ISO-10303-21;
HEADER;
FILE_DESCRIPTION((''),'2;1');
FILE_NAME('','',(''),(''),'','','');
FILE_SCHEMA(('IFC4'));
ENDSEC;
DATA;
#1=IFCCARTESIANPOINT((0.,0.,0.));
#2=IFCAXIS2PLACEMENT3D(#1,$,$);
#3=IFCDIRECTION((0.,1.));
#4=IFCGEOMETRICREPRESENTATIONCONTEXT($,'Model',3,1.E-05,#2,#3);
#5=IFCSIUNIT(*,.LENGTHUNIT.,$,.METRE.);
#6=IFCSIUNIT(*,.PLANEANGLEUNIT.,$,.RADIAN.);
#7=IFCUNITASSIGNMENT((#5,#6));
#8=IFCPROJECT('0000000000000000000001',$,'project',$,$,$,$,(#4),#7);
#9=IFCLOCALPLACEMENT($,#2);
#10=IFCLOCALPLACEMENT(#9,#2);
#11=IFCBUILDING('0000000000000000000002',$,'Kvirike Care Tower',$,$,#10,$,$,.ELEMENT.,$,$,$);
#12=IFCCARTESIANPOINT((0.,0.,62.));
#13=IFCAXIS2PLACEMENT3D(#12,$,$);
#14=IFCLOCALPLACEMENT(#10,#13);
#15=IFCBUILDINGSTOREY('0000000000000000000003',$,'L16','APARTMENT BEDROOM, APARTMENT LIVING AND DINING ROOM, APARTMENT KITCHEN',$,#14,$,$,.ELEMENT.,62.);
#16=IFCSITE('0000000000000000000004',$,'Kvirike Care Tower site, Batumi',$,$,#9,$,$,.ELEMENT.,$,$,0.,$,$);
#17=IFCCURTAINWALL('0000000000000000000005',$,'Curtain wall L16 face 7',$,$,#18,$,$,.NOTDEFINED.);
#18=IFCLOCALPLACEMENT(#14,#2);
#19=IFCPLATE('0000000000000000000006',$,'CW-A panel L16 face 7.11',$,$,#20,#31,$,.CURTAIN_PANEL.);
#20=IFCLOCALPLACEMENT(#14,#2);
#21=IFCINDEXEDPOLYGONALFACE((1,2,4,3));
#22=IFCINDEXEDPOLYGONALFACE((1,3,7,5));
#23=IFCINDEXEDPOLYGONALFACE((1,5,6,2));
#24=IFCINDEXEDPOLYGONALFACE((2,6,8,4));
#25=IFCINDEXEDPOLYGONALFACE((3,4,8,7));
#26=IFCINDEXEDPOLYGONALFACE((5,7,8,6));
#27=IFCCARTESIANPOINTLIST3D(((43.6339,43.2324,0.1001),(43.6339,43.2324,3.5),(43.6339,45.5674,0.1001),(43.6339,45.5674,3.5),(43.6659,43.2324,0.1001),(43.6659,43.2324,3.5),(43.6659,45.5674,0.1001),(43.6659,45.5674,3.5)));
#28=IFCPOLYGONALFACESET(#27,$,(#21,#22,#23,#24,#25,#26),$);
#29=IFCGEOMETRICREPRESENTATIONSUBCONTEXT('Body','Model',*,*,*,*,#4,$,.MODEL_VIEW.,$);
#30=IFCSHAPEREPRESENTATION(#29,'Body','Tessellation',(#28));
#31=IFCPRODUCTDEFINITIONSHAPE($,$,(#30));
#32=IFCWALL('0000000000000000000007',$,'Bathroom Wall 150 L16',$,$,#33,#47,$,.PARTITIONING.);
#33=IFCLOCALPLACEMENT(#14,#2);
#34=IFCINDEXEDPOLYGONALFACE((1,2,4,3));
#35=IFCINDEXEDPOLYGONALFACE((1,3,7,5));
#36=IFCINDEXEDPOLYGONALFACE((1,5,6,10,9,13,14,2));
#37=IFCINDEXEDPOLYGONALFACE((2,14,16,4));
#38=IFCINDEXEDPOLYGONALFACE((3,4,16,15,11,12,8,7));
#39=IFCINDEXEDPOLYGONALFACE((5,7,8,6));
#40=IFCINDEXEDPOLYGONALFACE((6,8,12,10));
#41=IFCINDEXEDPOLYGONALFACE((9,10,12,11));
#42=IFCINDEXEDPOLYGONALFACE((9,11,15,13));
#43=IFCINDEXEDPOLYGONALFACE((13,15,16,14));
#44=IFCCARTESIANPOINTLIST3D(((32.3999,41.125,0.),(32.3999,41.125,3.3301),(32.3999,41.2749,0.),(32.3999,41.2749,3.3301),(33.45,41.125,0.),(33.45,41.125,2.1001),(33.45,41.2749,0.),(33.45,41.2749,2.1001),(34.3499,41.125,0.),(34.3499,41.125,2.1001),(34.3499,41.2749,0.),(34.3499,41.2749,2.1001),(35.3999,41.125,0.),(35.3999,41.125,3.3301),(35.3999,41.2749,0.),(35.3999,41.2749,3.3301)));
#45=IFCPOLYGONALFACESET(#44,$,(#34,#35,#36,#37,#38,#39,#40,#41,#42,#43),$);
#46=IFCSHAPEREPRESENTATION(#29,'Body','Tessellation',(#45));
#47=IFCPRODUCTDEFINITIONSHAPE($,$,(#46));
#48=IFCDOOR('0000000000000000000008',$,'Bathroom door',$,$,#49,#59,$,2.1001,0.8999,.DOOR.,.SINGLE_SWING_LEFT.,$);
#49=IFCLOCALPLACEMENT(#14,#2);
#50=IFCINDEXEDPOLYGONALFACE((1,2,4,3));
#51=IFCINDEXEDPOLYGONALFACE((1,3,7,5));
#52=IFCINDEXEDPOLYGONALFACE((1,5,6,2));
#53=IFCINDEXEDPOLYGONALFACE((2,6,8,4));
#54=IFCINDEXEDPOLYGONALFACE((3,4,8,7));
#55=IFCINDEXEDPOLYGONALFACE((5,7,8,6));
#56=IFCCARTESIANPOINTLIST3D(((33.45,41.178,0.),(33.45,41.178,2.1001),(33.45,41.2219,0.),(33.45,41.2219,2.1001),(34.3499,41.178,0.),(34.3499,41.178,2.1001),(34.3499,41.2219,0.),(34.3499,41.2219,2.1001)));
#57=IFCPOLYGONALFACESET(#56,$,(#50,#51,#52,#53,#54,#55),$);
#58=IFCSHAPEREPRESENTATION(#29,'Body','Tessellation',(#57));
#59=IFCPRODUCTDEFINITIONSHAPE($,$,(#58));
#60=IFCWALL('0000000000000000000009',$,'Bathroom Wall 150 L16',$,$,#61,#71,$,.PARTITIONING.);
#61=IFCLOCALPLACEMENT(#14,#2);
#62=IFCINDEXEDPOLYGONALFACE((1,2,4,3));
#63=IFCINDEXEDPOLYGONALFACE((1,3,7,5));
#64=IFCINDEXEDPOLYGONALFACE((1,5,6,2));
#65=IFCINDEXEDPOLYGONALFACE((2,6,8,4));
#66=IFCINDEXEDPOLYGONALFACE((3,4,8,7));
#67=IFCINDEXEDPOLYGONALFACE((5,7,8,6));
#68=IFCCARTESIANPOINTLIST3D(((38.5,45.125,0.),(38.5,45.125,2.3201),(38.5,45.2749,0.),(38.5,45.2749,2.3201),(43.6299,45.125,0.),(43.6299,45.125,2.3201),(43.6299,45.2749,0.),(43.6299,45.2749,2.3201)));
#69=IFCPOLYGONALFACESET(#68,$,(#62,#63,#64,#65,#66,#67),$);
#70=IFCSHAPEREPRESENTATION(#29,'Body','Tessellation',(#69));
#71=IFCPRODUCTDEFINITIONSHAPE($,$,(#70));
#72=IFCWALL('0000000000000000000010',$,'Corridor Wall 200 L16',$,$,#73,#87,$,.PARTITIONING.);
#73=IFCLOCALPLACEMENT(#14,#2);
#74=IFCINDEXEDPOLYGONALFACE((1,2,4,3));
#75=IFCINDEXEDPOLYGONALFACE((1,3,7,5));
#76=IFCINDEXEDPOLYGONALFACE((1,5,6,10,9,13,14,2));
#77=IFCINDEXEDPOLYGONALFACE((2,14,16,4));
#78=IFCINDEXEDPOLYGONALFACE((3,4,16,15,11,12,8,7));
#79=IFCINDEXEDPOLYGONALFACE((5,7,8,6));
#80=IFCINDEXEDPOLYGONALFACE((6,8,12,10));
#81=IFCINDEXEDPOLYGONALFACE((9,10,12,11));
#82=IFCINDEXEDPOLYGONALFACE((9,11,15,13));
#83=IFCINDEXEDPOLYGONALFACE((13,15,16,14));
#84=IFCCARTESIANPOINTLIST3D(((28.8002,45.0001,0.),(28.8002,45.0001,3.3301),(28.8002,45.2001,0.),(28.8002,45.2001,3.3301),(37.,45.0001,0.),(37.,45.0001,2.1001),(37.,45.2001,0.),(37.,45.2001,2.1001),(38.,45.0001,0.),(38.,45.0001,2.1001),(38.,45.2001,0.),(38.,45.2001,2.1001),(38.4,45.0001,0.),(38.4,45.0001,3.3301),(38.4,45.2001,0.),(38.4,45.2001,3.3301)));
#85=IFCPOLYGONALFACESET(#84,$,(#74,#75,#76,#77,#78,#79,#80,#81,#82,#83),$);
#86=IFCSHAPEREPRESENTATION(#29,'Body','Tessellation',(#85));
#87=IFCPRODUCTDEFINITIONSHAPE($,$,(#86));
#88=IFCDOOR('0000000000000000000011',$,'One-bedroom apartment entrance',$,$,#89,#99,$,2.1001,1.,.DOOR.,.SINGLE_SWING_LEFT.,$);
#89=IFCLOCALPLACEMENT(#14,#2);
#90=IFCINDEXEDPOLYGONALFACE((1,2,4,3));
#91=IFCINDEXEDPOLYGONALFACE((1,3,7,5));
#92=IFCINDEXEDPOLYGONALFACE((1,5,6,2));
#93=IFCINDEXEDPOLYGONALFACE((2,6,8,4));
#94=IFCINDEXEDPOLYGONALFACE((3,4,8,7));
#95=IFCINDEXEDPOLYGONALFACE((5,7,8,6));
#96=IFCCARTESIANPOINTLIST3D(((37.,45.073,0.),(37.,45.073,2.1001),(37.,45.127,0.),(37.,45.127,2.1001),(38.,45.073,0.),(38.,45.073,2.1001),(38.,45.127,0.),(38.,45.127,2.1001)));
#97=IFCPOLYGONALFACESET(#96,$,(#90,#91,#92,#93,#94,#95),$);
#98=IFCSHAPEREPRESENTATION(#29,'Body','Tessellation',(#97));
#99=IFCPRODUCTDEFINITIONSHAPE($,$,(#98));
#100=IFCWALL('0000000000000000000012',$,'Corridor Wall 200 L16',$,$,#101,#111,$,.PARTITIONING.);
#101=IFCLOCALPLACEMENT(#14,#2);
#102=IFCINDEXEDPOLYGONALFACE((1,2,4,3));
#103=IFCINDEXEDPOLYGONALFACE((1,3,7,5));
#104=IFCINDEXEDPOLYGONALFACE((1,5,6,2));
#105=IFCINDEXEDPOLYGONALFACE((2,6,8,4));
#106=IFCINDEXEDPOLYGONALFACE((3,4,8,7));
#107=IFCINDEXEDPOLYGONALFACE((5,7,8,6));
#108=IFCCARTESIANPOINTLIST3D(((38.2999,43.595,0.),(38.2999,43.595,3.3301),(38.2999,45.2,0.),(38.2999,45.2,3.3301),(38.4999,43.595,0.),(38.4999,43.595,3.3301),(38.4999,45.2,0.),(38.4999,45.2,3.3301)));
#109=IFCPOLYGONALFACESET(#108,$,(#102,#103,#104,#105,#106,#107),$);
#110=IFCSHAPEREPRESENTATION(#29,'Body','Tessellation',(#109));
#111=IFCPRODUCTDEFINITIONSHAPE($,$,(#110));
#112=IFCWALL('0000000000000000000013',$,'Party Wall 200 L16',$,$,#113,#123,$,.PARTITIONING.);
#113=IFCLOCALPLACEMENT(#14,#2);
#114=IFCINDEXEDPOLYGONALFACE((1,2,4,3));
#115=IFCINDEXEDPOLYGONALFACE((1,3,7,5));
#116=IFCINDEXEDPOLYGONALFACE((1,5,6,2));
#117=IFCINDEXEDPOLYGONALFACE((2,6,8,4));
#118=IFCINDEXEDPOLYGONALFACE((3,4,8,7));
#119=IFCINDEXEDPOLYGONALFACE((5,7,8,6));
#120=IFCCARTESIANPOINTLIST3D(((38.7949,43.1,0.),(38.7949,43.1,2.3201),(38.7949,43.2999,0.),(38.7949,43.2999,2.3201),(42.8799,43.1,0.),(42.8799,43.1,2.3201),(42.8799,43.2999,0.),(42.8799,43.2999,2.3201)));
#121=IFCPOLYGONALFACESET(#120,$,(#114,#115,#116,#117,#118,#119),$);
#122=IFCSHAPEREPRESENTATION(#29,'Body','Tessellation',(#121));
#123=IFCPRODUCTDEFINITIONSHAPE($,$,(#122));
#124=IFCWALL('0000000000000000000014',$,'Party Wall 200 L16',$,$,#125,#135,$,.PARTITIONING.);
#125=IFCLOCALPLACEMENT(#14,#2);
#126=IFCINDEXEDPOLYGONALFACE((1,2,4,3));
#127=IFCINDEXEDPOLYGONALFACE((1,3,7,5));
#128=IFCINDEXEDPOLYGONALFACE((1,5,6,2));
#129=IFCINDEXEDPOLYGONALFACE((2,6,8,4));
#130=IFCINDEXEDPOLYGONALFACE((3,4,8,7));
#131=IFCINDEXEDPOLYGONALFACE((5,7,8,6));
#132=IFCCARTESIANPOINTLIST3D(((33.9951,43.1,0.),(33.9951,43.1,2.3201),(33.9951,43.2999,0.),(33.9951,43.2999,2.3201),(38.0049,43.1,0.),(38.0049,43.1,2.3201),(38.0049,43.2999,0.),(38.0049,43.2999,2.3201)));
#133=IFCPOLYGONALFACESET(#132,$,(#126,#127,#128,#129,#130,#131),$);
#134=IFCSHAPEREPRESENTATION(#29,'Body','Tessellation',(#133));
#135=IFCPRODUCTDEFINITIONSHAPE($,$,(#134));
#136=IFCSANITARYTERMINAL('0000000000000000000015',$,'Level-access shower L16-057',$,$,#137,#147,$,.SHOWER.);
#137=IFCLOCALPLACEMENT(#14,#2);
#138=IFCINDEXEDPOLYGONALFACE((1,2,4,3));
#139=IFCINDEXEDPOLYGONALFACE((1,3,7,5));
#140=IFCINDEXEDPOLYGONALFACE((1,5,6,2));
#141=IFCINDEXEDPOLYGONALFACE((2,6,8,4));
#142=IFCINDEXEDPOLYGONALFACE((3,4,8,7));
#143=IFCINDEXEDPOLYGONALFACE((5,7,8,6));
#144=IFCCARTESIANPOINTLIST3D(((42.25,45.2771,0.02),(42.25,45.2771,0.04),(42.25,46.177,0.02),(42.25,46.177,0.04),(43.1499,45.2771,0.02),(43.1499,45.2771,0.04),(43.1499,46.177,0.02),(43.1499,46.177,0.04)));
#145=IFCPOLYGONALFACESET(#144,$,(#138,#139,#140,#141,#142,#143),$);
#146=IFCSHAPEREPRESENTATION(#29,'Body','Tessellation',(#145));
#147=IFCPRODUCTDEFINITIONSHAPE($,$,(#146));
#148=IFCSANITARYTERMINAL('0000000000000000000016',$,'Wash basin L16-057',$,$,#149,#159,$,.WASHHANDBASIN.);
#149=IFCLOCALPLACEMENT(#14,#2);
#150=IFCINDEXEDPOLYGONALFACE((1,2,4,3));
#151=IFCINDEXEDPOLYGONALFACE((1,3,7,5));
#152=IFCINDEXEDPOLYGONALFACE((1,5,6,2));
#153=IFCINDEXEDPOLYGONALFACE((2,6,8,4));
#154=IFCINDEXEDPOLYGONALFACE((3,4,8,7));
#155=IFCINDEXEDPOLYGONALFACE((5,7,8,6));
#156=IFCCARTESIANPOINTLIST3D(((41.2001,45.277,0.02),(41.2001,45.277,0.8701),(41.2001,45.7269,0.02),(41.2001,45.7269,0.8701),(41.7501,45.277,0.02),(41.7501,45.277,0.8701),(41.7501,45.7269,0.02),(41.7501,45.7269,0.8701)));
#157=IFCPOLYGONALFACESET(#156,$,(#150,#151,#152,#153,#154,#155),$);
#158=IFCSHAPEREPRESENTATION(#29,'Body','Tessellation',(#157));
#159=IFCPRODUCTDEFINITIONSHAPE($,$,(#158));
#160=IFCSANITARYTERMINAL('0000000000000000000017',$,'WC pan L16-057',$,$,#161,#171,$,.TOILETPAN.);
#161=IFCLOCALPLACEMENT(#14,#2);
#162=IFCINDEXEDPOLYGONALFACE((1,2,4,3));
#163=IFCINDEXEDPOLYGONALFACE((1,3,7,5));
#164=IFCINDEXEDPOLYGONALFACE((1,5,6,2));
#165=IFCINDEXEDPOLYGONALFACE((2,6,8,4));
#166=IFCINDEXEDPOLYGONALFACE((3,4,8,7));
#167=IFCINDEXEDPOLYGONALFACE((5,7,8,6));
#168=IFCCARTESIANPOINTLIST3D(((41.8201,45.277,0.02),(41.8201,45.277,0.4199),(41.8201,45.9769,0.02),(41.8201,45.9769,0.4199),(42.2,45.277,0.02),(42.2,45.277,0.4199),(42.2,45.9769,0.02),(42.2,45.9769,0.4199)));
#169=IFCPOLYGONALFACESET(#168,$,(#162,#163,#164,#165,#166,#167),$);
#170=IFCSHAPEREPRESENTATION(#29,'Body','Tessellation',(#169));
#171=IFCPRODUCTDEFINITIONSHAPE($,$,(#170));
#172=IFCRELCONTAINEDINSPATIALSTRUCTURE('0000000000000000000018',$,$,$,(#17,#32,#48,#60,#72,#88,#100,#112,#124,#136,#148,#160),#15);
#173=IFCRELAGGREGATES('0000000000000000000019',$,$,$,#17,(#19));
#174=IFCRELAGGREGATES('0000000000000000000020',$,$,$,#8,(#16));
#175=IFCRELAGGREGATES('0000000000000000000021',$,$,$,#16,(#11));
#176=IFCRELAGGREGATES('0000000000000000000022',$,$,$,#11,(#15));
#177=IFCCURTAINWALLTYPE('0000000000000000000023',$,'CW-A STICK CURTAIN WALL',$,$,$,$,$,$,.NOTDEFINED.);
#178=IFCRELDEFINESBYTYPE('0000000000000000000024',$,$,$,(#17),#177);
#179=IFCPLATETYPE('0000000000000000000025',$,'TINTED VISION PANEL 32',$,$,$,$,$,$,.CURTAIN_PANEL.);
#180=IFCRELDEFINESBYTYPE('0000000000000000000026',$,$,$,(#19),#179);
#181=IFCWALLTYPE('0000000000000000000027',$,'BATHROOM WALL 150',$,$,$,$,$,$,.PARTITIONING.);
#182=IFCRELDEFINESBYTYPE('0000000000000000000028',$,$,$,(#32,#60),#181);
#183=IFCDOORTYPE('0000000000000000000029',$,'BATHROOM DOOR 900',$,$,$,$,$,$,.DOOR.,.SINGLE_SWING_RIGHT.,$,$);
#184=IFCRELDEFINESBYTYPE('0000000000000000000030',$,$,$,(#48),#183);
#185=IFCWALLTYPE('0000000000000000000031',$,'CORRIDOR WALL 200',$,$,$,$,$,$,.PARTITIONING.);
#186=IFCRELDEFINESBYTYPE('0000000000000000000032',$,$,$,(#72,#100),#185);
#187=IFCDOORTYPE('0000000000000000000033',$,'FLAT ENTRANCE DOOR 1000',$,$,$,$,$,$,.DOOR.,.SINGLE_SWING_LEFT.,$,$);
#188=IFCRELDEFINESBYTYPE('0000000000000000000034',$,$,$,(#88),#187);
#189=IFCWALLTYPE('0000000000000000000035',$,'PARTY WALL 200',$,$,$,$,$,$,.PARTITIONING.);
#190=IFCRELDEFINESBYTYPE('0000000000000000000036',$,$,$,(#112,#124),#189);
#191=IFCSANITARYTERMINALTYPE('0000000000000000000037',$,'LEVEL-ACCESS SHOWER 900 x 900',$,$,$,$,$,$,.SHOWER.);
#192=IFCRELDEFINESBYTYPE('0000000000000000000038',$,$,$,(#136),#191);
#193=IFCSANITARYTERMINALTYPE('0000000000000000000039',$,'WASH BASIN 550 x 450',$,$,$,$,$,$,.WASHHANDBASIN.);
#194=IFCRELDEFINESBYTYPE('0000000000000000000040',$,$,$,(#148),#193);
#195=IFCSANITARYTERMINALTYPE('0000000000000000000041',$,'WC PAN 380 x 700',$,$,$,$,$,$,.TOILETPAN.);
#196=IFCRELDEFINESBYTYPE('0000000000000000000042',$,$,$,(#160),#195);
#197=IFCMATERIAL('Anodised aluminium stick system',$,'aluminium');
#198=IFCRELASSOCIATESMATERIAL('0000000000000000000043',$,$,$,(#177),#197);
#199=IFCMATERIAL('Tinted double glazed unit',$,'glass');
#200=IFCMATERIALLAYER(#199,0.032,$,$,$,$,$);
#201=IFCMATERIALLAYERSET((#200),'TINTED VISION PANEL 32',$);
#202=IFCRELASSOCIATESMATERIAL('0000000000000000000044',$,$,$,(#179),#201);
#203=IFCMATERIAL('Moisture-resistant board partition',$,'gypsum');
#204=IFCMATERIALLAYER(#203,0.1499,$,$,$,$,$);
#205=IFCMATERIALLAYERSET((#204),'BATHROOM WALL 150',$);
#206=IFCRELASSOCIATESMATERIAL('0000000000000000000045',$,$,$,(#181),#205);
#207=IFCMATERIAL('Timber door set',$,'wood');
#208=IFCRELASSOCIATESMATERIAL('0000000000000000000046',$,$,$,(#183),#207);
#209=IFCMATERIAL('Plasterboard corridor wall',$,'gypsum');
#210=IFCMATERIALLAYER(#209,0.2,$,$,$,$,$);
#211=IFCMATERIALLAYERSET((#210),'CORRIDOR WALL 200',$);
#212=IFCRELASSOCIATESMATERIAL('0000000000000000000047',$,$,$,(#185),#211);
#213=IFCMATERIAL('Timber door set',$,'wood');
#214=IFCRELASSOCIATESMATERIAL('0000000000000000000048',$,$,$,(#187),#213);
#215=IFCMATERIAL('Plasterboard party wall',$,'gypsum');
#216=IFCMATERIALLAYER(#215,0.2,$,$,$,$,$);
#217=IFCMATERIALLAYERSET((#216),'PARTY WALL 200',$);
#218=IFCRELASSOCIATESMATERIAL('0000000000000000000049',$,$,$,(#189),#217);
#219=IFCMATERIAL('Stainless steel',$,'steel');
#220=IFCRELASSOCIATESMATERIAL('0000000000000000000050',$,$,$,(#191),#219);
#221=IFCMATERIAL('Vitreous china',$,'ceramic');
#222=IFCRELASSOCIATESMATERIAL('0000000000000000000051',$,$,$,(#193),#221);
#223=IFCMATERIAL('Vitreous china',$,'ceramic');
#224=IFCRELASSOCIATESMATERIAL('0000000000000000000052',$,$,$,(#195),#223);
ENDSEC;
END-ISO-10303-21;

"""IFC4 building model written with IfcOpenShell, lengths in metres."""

from ifc_helpers import new_model, si_unit, direction, frame, frame_2d, origin, origin_2d, place, context, subcontext, project, spatial, rectangle, extrude, material, layer, layer_set, type_object, element, fill, aggregate, save


model = new_model("IFC4")

# Units and contexts
model_context = context("Model", 3, precision=1e-05, world=origin(), true_north=direction((0.0, 1.0)))
body_context = subcontext(model_context, "Body", "Model", "MODEL_VIEW")
ifc_project = project(units=[si_unit("LENGTHUNIT", "METRE"), si_unit("PLANEANGLEUNIT", "RADIAN")], contexts=[model_context])

# Site, building, storey
site_placement = place(None, origin())
site = spatial("IfcSite", under=ifc_project, at=site_placement, Name="Kvirike Care Tower site, Batumi", CompositionType="ELEMENT", RefElevation=0.0)
building_placement = place(site_placement, origin())
building = spatial("IfcBuilding", under=site, at=building_placement, Name="Kvirike Care Tower", CompositionType="ELEMENT")
storey_placement = place(building_placement, frame((0.0, 0.0, 62.0)))
storey = spatial("IfcBuildingStorey", under=building, at=storey_placement, Name="L16", Description="APARTMENT BEDROOM, APARTMENT LIVING AND DINING ROOM, APARTMENT KITCHEN", CompositionType="ELEMENT", Elevation=62.0)

# Curtain wall
ifc_material_1 = material(Name="Anodised aluminium stick system", Category="aluminium")
curtain_wall_type = type_object("IfcCurtainWallType", Name="CW-A STICK CURTAIN WALL", PredefinedType="NOTDEFINED", material=ifc_material_1)
curtain_wall_placement = place(storey_placement, origin())
curtain_wall = element("IfcCurtainWall", 1, at=curtain_wall_placement, inside=storey, type_object=curtain_wall_type, Name="Curtain wall L16 face 7", PredefinedType="NOTDEFINED")

# Plate
ifc_material_2 = material(Name="Tinted double glazed unit", Category="glass")
ifc_layer_1 = layer(ifc_material_2, 0.032)
ifc_layer_set_1 = layer_set([ifc_layer_1], Name="TINTED VISION PANEL 32")
plate_type = type_object("IfcPlateType", Name="TINTED VISION PANEL 32", PredefinedType="CURTAIN_PANEL", material=ifc_layer_set_1)
plate_1_placement = place(storey_placement, frame((43.6499, 44.3999, 0.1001), z_axis=(0.0, 0.0, 1.0), x_axis=(0.0, 1.0, 0.0)))
plate_1 = element("IfcPlate", 2, at=plate_1_placement, type_object=plate_type, Name="CW-A panel L16 face 7.11", PredefinedType="CURTAIN_PANEL", context=body_context, shape_type="SweptSolid", body=[
    extrude(rectangle(XDim=2.335, YDim=0.032, at=origin_2d()), origin(), (0.0, 0.0, 1.0), 3.3999),
])
aggregate(curtain_wall, [plate_1])

# Wall, opening, door
ifc_material_3 = material(Name="Moisture-resistant board partition", Category="gypsum")
ifc_layer_2 = layer(ifc_material_3, 0.1499)
ifc_layer_set_2 = layer_set([ifc_layer_2], Name="BATHROOM WALL 150")
wall_type_1 = type_object("IfcWallType", Name="BATHROOM WALL 150", PredefinedType="PARTITIONING", material=ifc_layer_set_2)
wall_1_placement = place(storey_placement, frame((35.3999, 41.2, 0.0), z_axis=(0.0, 0.0, 1.0), x_axis=(-1.0, 0.0, 0.0)))
wall_1 = element("IfcWall", 3, at=wall_1_placement, inside=storey, type_object=wall_type_1, Name="Bathroom Wall 150 L16", PredefinedType="PARTITIONING", context=body_context, shape_type="SweptSolid", body=[
    extrude(rectangle(XDim=3.0, YDim=0.1499, at=frame_2d((1.5, 0.0))), origin(), (0.0, 0.0, 1.0), 3.3301),
])
opening_1_placement = place(wall_1_placement, frame((1.05, 0.0, 0.0)))
opening_1 = element("IfcOpeningElement", 4, at=opening_1_placement, cuts=wall_1, PredefinedType="OPENING", context=body_context, shape_type="SweptSolid", body=[
    extrude(rectangle(XDim=0.8999, YDim=2.1001, at=frame_2d((0.45, 1.05))), frame((0.0, 0.0854, 0.0), z_axis=(0.0, -1.0, 0.0), x_axis=(1.0, 0.0, 0.0)), (0.0, 0.0, 1.0), 0.1709),
])
ifc_material_4 = material(Name="Timber door set", Category="wood")
door_type_1 = type_object("IfcDoorType", Name="BATHROOM DOOR 900", OperationType="SINGLE_SWING_RIGHT", PredefinedType="DOOR", material=ifc_material_4)
door_1_placement = place(opening_1_placement, origin())
door_1 = element("IfcDoor", 5, at=door_1_placement, inside=storey, type_object=door_type_1, Name="Bathroom door", OperationType="SINGLE_SWING_LEFT", OverallHeight=2.1001, OverallWidth=0.8999, PredefinedType="DOOR", context=body_context, shape_type="SweptSolid", body=[
    extrude(rectangle(XDim=0.8999, YDim=2.1001, at=frame_2d((0.45, 1.05))), frame((0.0, 0.022, 0.0), z_axis=(0.0, -1.0, 0.0), x_axis=(1.0, 0.0, 0.0)), (0.0, 0.0, 1.0), 0.0439),
])
fill(opening_1, door_1)

# Wall
wall_2_placement = place(storey_placement, frame((43.6299, 45.2, 0.0), z_axis=(0.0, 0.0, 1.0), x_axis=(-1.0, 0.0, 0.0)))
element("IfcWall", 6, at=wall_2_placement, inside=storey, type_object=wall_type_1, Name="Bathroom Wall 150 L16", PredefinedType="PARTITIONING", context=body_context, shape_type="SweptSolid", body=[
    extrude(rectangle(XDim=5.1299, YDim=0.1499, at=frame_2d((2.5649, 0.0))), origin(), (0.0, 0.0, 1.0), 2.3201),
])

# Wall, opening, door
ifc_material_5 = material(Name="Plasterboard corridor wall", Category="gypsum")
ifc_layer_3 = layer(ifc_material_5, 0.2)
ifc_layer_set_3 = layer_set([ifc_layer_3], Name="CORRIDOR WALL 200")
wall_type_2 = type_object("IfcWallType", Name="CORRIDOR WALL 200", PredefinedType="PARTITIONING", material=ifc_layer_set_3)
wall_3_placement = place(storey_placement, frame((38.3999, 45.1001, 0.0), z_axis=(0.0, 0.0, 1.0), x_axis=(-1.0, 0.0, 0.0)))
wall_3 = element("IfcWall", 7, at=wall_3_placement, inside=storey, type_object=wall_type_2, Name="Corridor Wall 200 L16", PredefinedType="PARTITIONING", context=body_context, shape_type="SweptSolid", body=[
    extrude(rectangle(XDim=9.5999, YDim=0.2, at=frame_2d((4.7998, 0.0))), origin(), (0.0, 0.0, 1.0), 3.3301),
])
opening_2_placement = place(wall_3_placement, frame((0.3999, 0.0, 0.0)))
opening_2 = element("IfcOpeningElement", 8, at=opening_2_placement, cuts=wall_3, PredefinedType="OPENING", context=body_context, shape_type="SweptSolid", body=[
    extrude(rectangle(XDim=1.0, YDim=2.1001, at=frame_2d((0.5, 1.05))), frame((0.0, 0.1106, 0.0), z_axis=(0.0, -1.0, 0.0), x_axis=(1.0, 0.0, 0.0)), (0.0, 0.0, 1.0), 0.2209),
])
ifc_material_6 = material(Name="Timber door set", Category="wood")
door_type_2 = type_object("IfcDoorType", Name="FLAT ENTRANCE DOOR 1000", OperationType="SINGLE_SWING_LEFT", PredefinedType="DOOR", material=ifc_material_6)
door_2_placement = place(opening_2_placement, frame((1.0, 0.0, 0.0), z_axis=(0.0, 0.0, 1.0), x_axis=(-1.0, 0.0, 0.0)))
door_2 = element("IfcDoor", 9, at=door_2_placement, inside=storey, type_object=door_type_2, Name="One-bedroom apartment entrance", OperationType="SINGLE_SWING_LEFT", OverallHeight=2.1001, OverallWidth=1.0, PredefinedType="DOOR", context=body_context, shape_type="SweptSolid", body=[
    extrude(rectangle(XDim=1.0, YDim=2.1001, at=frame_2d((0.5, 1.05))), frame((0.0, 0.0269, 0.0), z_axis=(0.0, -1.0, 0.0), x_axis=(1.0, 0.0, 0.0)), (0.0, 0.0, 1.0), 0.054),
])
fill(opening_2, door_2)

# Walls
wall_4_placement = place(storey_placement, frame((38.3999, 45.2, 0.0), z_axis=(0.0, 0.0, 1.0), x_axis=(0.0, -1.0, 0.0)))
element("IfcWall", 10, at=wall_4_placement, inside=storey, type_object=wall_type_2, Name="Corridor Wall 200 L16", PredefinedType="PARTITIONING", context=body_context, shape_type="SweptSolid", body=[
    extrude(rectangle(XDim=1.605, YDim=0.2, at=frame_2d((0.8025, 0.0))), origin(), (0.0, 0.0, 1.0), 3.3301),
])
ifc_material_7 = material(Name="Plasterboard party wall", Category="gypsum")
ifc_layer_4 = layer(ifc_material_7, 0.2)
ifc_layer_set_4 = layer_set([ifc_layer_4], Name="PARTY WALL 200")
wall_type_3 = type_object("IfcWallType", Name="PARTY WALL 200", PredefinedType="PARTITIONING", material=ifc_layer_set_4)
wall_5_placement = place(storey_placement, frame((42.8799, 43.2, 0.0), z_axis=(0.0, 0.0, 1.0), x_axis=(-1.0, 0.0, 0.0)))
element("IfcWall", 11, at=wall_5_placement, inside=storey, type_object=wall_type_3, Name="Party Wall 200 L16", PredefinedType="PARTITIONING", context=body_context, shape_type="SweptSolid", body=[
    extrude(rectangle(XDim=4.085, YDim=0.2, at=frame_2d((2.0425, 0.0))), origin(), (0.0, 0.0, 1.0), 2.3201),
])
wall_6_placement = place(storey_placement, frame((38.0049, 43.2, 0.0), z_axis=(0.0, 0.0, 1.0), x_axis=(-1.0, 0.0, 0.0)))
element("IfcWall", 12, at=wall_6_placement, inside=storey, type_object=wall_type_3, Name="Party Wall 200 L16", PredefinedType="PARTITIONING", context=body_context, shape_type="SweptSolid", body=[
    extrude(rectangle(XDim=4.0098, YDim=0.2, at=frame_2d((2.0049, 0.0))), origin(), (0.0, 0.0, 1.0), 2.3201),
])

# Sanitary terminals
ifc_material_8 = material(Name="Stainless steel", Category="steel")
sanitary_terminal_type_1 = type_object("IfcSanitaryTerminalType", Name="LEVEL-ACCESS SHOWER 900 x 900", PredefinedType="SHOWER", material=ifc_material_8)
sanitary_terminal_1_placement = place(storey_placement, frame((42.7, 45.7271, 0.02), z_axis=(0.0, 0.0, 1.0), x_axis=(-1.0, 0.0, 0.0)))
element("IfcSanitaryTerminal", 13, at=sanitary_terminal_1_placement, inside=storey, type_object=sanitary_terminal_type_1, Name="Level-access shower L16-057", PredefinedType="SHOWER", context=body_context, shape_type="SweptSolid", body=[
    extrude(rectangle(XDim=0.8999, YDim=0.8999, at=origin_2d()), origin(), (0.0, 0.0, 1.0), 0.02),
])
ifc_material_9 = material(Name="Vitreous china", Category="ceramic")
sanitary_terminal_type_2 = type_object("IfcSanitaryTerminalType", Name="WASH BASIN 550 x 450", PredefinedType="WASHHANDBASIN", material=ifc_material_9)
sanitary_terminal_2_placement = place(storey_placement, frame((41.4751, 45.502, 0.02), z_axis=(0.0, 0.0, 1.0), x_axis=(-1.0, 0.0, 0.0)))
element("IfcSanitaryTerminal", 14, at=sanitary_terminal_2_placement, inside=storey, type_object=sanitary_terminal_type_2, Name="Wash basin L16-057", PredefinedType="WASHHANDBASIN", context=body_context, shape_type="SweptSolid", body=[
    extrude(rectangle(XDim=0.55, YDim=0.45, at=origin_2d()), origin(), (0.0, 0.0, 1.0), 0.8501),
])
ifc_material_10 = material(Name="Vitreous china", Category="ceramic")
sanitary_terminal_type_3 = type_object("IfcSanitaryTerminalType", Name="WC PAN 380 x 700", PredefinedType="TOILETPAN", material=ifc_material_10)
sanitary_terminal_3_placement = place(storey_placement, frame((42.01, 45.627, 0.02), z_axis=(0.0, 0.0, 1.0), x_axis=(-1.0, 0.0, 0.0)))
element("IfcSanitaryTerminal", 15, at=sanitary_terminal_3_placement, inside=storey, type_object=sanitary_terminal_type_3, Name="WC pan L16-057", PredefinedType="TOILETPAN", context=body_context, shape_type="SweptSolid", body=[
    extrude(rectangle(XDim=0.3799, YDim=0.7, at=origin_2d()), origin(), (0.0, 0.0, 1.0), 0.3999),
])

save(model, "model.ifc")
